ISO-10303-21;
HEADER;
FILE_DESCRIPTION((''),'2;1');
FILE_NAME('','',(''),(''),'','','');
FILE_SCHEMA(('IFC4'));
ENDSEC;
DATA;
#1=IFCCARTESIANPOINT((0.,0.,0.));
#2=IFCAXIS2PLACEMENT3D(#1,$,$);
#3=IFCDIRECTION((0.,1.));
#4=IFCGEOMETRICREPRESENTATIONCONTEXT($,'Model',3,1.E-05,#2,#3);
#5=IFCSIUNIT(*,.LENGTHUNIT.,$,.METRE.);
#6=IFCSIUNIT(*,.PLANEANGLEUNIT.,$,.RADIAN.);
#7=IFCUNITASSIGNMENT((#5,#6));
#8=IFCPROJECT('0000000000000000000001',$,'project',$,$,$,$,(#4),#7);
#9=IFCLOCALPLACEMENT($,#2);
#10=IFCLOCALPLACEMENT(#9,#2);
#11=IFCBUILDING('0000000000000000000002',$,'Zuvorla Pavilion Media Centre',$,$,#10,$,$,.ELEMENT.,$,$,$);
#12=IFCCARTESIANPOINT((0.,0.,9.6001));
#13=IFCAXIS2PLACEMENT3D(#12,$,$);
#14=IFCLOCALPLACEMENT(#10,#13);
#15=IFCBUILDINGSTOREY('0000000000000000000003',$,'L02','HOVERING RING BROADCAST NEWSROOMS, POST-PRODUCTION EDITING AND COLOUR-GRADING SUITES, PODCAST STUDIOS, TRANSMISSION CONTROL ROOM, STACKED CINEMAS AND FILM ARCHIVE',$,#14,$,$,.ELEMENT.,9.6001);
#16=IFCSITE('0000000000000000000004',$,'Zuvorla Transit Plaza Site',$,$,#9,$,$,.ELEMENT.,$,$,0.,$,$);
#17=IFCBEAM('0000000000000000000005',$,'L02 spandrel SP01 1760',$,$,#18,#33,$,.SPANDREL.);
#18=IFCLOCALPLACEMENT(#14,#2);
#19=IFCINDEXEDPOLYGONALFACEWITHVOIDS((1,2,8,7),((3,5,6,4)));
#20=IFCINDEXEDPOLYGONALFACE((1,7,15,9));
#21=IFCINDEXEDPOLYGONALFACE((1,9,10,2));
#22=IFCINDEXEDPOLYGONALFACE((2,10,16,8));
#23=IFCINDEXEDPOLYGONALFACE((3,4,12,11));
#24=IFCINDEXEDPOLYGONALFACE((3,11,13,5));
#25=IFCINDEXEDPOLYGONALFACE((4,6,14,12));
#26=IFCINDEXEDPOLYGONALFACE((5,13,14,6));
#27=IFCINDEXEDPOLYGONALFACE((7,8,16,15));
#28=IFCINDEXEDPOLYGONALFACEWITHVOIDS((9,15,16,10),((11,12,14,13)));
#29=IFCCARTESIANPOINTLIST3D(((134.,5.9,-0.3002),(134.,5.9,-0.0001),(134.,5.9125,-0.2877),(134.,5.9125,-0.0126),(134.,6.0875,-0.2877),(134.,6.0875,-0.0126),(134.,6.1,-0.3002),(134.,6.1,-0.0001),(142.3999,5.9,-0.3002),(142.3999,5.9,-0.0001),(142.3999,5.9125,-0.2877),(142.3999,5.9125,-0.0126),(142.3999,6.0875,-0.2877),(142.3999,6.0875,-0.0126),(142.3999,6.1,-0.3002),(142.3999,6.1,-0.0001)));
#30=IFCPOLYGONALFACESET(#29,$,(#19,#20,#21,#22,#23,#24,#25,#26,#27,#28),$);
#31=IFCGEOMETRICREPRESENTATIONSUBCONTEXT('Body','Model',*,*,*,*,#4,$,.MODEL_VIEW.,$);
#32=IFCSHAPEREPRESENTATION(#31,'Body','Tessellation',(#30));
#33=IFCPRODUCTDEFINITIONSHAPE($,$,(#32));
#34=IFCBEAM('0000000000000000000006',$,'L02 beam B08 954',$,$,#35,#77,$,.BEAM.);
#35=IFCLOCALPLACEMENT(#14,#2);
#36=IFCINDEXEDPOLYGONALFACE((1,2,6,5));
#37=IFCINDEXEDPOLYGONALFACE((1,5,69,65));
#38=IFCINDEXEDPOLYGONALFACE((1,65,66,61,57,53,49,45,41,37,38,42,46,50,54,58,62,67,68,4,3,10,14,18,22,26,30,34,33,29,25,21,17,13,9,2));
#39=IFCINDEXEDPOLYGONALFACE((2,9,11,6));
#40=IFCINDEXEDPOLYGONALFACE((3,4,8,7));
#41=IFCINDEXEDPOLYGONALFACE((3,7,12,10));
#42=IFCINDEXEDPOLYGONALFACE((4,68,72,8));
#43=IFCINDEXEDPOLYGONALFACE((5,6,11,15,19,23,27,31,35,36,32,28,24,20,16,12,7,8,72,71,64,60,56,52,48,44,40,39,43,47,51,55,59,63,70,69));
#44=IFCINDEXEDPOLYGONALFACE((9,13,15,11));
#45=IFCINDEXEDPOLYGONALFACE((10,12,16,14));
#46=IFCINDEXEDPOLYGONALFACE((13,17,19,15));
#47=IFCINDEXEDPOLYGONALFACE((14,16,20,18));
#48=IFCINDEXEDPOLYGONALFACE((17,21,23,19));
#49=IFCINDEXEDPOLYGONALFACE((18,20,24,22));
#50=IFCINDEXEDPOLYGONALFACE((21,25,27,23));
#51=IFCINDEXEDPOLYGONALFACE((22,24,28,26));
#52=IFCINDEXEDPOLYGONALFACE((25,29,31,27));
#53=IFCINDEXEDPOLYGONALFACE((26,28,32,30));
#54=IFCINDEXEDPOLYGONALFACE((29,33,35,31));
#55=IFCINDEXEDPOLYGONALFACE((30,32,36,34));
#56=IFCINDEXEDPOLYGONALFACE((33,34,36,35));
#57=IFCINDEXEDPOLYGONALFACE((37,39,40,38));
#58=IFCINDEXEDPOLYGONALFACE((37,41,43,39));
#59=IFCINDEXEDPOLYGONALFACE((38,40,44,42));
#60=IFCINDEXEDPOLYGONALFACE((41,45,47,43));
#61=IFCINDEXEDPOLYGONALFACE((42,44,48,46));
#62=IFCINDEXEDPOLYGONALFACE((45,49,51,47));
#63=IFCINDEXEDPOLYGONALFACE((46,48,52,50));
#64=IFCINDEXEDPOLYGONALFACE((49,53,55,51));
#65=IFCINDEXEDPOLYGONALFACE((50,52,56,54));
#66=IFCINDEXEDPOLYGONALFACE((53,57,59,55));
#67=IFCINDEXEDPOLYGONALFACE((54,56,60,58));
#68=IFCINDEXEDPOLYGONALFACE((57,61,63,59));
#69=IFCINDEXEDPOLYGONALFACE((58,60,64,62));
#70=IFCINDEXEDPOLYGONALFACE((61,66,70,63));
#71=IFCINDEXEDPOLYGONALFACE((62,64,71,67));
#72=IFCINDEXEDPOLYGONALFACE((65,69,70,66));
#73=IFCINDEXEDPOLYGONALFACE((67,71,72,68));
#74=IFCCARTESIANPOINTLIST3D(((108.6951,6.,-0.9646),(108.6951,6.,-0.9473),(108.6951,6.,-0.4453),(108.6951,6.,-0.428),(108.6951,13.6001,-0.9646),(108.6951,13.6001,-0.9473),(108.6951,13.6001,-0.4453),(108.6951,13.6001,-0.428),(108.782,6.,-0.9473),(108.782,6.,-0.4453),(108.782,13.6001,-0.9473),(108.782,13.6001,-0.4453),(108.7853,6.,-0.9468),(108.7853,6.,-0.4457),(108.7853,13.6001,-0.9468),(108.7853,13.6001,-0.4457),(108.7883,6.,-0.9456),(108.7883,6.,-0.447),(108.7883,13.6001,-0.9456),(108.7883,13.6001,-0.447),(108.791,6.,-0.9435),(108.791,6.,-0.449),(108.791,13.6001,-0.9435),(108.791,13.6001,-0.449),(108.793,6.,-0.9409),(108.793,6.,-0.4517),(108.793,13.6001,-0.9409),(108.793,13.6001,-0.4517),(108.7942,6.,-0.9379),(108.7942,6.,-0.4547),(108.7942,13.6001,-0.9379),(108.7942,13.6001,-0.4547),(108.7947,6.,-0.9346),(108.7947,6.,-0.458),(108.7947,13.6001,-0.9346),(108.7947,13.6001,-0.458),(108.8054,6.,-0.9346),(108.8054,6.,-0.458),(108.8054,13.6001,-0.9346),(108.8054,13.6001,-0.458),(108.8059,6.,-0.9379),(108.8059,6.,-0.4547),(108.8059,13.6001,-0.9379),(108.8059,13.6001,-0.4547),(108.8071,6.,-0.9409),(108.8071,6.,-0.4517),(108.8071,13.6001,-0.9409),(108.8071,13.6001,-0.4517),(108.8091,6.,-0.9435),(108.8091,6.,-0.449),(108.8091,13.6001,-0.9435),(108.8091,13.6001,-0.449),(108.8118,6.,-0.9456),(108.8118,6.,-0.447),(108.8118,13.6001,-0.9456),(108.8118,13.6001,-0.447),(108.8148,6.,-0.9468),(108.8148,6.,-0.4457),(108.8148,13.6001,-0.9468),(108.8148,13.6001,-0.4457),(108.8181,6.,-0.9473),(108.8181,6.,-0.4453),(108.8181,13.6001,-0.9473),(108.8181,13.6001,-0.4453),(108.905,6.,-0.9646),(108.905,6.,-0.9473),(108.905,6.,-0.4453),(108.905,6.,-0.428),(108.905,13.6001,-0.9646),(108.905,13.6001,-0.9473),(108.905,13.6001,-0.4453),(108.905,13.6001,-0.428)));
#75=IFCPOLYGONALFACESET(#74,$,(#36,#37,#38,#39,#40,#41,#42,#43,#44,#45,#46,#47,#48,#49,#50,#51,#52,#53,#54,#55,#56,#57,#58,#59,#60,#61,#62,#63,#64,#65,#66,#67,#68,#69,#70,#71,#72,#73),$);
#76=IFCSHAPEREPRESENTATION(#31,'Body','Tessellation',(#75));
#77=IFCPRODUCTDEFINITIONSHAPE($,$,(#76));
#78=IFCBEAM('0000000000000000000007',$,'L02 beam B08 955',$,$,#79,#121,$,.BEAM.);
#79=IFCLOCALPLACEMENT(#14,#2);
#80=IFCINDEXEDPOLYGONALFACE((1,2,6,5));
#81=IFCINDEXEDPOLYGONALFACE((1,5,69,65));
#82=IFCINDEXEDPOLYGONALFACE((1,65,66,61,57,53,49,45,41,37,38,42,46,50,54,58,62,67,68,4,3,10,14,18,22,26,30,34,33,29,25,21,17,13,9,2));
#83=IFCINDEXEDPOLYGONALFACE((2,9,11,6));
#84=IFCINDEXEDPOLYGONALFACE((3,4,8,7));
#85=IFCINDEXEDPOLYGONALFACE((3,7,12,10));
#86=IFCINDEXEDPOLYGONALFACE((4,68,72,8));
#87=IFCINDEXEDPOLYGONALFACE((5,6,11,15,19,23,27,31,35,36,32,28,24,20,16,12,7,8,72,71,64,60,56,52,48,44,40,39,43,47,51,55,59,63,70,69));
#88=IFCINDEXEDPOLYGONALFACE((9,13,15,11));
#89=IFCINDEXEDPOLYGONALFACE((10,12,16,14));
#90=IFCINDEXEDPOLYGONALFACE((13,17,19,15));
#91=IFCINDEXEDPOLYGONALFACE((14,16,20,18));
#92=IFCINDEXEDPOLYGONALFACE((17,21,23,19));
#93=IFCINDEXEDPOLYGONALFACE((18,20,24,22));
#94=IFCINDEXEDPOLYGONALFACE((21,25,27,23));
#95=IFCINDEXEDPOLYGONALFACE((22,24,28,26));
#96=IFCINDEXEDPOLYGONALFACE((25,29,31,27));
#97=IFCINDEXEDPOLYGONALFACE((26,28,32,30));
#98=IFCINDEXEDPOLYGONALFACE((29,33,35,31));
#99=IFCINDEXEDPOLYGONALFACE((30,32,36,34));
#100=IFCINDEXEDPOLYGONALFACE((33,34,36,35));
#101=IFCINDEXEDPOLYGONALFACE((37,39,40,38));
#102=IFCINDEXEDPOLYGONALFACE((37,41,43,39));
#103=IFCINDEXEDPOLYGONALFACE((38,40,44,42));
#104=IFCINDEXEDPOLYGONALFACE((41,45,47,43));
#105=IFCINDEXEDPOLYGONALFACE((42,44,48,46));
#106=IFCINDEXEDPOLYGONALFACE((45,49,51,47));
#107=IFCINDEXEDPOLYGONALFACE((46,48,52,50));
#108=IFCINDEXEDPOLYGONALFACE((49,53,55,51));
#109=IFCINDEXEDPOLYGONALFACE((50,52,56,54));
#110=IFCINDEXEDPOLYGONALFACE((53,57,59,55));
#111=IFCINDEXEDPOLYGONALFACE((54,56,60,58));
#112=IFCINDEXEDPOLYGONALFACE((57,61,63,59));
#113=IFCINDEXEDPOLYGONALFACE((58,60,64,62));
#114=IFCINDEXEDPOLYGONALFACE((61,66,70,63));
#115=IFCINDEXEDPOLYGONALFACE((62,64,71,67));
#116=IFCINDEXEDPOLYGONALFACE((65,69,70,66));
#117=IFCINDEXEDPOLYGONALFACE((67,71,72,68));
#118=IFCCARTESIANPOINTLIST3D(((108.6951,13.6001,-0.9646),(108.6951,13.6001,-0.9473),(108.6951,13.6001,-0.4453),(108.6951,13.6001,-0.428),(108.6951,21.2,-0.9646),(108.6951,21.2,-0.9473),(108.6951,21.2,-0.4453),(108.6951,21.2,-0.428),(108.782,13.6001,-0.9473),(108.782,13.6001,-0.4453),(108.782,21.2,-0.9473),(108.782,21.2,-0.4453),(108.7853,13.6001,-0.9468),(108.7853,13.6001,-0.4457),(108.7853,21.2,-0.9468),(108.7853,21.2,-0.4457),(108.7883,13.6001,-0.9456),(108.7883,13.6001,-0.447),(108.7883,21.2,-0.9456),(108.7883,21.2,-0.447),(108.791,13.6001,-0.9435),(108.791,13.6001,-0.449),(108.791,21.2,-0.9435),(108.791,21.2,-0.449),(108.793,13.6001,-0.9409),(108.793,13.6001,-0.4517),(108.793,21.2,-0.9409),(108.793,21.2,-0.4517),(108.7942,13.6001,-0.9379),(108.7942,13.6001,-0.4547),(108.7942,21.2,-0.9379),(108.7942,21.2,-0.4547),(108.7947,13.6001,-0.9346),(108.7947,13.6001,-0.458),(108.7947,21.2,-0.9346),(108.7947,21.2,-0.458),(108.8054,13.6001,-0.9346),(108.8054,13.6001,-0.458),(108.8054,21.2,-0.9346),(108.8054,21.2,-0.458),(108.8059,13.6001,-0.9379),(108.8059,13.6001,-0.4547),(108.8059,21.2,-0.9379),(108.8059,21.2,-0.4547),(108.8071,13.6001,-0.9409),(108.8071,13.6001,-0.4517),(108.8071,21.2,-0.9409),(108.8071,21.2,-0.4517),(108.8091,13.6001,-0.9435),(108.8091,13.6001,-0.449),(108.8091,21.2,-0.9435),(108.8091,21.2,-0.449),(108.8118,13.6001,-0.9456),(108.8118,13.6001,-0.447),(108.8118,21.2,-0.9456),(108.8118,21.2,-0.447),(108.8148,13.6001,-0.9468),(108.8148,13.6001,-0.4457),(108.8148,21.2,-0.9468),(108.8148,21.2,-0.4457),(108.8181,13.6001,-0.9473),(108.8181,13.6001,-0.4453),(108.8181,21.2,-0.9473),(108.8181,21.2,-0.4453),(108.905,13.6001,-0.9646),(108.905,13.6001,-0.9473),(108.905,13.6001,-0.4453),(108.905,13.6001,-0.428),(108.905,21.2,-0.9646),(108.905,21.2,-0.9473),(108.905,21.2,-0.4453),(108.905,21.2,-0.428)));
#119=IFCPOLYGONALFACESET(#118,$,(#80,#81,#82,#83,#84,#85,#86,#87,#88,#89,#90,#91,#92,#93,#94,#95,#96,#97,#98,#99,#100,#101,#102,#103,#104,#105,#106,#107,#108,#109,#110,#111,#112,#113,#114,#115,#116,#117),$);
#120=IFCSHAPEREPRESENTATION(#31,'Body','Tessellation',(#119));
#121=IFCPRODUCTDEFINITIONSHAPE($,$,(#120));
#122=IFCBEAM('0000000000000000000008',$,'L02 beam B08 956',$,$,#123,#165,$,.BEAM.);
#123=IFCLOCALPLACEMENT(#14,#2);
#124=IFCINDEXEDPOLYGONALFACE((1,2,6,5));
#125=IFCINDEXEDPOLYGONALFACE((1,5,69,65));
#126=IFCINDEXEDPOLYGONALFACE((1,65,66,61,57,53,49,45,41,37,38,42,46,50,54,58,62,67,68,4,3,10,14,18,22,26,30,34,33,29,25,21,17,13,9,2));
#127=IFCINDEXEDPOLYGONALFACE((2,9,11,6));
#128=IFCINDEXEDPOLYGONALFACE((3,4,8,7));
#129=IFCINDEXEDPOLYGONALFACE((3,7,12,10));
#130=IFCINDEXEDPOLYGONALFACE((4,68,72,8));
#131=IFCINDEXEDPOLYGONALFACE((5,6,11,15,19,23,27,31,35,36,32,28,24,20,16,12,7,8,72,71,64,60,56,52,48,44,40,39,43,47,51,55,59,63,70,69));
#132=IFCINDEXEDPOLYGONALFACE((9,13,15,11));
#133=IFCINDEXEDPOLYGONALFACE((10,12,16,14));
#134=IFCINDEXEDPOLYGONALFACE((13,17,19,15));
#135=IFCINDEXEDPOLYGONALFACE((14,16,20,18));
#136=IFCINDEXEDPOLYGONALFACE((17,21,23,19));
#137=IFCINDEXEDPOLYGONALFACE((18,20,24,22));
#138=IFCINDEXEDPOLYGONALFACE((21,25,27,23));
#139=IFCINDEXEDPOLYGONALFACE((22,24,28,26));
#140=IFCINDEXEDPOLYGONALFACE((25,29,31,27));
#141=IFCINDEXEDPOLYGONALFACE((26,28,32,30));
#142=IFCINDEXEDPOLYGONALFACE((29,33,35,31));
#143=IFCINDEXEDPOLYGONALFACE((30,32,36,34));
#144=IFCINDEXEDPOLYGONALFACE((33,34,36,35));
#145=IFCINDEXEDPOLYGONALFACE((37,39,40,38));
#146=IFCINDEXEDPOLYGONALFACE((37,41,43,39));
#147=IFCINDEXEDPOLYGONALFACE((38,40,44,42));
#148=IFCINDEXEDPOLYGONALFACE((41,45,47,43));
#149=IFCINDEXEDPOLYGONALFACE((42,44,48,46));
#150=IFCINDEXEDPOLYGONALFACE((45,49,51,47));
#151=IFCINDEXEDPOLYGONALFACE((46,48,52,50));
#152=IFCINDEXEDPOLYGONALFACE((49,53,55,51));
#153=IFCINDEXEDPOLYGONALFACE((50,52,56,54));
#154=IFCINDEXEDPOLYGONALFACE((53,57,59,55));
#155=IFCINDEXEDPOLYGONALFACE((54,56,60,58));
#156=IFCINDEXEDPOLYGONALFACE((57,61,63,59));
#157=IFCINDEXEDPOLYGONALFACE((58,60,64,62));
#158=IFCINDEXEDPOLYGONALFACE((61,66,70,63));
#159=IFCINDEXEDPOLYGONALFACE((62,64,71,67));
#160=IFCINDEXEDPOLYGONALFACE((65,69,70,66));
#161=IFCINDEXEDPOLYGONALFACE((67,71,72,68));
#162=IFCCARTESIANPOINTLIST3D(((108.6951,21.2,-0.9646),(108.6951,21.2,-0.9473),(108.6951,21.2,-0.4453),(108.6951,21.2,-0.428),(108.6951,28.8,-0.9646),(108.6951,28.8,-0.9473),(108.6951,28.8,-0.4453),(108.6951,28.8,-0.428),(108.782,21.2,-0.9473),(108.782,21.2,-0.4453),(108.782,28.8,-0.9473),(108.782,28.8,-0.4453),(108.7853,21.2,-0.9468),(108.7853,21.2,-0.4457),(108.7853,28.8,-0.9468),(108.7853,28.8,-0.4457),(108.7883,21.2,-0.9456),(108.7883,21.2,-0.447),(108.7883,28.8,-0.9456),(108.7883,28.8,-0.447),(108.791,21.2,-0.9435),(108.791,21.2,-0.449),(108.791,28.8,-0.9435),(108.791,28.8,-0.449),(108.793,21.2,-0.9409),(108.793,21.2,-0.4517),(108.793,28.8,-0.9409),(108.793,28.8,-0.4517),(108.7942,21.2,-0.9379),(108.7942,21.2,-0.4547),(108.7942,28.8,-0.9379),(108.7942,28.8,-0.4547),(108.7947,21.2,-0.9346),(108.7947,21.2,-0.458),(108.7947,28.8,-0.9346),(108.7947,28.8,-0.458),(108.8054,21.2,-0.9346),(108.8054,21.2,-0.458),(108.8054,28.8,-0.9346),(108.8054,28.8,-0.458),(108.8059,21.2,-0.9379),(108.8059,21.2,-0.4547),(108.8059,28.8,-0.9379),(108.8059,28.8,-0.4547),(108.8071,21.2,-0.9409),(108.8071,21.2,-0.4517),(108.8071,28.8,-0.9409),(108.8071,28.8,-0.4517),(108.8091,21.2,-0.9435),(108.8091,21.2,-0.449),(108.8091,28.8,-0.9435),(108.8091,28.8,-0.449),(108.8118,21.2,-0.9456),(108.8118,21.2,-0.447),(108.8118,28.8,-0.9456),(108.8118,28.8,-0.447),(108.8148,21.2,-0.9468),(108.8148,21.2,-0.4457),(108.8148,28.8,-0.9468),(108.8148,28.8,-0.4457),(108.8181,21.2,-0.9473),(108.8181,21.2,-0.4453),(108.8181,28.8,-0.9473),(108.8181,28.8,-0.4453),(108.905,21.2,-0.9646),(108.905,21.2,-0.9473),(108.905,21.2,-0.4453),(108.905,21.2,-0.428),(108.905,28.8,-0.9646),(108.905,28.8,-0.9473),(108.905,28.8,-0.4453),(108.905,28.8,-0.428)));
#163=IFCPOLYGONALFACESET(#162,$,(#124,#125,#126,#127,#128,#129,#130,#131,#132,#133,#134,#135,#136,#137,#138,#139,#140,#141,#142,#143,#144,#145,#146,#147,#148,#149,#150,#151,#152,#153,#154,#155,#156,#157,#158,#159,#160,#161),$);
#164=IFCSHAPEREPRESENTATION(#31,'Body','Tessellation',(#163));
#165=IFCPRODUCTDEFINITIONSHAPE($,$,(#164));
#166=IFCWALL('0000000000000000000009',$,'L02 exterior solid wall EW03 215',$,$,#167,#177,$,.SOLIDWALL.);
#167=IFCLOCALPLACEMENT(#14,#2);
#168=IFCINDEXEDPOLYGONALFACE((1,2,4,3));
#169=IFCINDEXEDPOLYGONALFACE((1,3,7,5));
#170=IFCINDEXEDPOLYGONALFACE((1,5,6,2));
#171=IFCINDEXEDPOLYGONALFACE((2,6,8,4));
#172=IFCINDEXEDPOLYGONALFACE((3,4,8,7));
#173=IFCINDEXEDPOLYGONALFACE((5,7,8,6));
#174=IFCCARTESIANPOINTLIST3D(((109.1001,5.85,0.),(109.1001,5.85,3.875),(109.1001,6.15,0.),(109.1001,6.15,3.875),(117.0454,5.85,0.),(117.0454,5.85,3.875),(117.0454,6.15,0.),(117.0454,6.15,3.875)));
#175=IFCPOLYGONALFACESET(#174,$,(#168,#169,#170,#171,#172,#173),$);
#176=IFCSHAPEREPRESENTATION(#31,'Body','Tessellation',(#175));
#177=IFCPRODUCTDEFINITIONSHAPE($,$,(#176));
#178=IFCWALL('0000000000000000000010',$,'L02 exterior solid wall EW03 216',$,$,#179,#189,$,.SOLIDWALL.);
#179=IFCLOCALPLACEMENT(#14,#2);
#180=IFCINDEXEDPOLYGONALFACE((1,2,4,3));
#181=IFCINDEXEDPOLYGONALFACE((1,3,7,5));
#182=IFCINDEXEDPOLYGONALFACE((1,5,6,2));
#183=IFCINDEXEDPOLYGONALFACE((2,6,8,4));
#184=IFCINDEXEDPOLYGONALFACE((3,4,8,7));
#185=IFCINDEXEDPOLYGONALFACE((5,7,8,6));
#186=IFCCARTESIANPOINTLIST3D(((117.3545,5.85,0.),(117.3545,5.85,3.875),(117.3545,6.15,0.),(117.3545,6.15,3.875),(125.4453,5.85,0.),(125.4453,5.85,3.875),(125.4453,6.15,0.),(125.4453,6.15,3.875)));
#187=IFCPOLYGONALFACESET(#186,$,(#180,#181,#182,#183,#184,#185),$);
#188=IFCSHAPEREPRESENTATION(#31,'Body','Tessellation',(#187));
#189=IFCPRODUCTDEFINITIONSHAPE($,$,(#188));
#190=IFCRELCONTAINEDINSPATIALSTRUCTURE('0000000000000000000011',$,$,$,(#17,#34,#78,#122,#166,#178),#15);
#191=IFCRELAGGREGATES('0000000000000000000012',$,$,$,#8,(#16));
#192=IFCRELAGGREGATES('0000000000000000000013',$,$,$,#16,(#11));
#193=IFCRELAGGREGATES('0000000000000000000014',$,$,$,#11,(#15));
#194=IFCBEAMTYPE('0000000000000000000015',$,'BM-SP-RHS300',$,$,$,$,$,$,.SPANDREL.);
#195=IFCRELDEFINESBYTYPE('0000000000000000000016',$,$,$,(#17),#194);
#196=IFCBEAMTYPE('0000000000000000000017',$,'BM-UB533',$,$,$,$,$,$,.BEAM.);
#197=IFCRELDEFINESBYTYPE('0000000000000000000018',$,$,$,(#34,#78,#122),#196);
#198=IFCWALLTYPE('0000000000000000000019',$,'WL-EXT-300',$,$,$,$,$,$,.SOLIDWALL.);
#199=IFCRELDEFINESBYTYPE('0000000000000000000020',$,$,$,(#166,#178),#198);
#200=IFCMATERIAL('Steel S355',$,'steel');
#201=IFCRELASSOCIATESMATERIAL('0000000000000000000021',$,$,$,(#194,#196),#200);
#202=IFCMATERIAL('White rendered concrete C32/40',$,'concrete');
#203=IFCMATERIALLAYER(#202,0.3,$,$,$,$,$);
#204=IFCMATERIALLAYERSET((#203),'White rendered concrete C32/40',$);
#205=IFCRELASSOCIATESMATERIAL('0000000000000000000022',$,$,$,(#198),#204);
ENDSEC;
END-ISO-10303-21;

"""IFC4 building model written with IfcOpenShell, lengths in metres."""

from ifc_helpers import new_model, si_unit, direction, frame, frame_2d, origin, origin_2d, place, context, subcontext, project, spatial, rectangle, hollow_rectangle, i_section, extrude, material, layer, layer_set, material_profile, profile_set, type_object, element, save


model = new_model("IFC4")

# Units and contexts
model_context = context("Model", 3, precision=1e-05, world=origin(), true_north=direction((0.0, 1.0)))
body_context = subcontext(model_context, "Body", "Model", "MODEL_VIEW")
ifc_project = project(units=[si_unit("LENGTHUNIT", "METRE"), si_unit("PLANEANGLEUNIT", "RADIAN")], contexts=[model_context])

# Site, building, storey
site_placement = place(None, origin())
site = spatial("IfcSite", under=ifc_project, at=site_placement, Name="Zuvorla Transit Plaza Site", CompositionType="ELEMENT", RefElevation=0.0)
building_placement = place(site_placement, origin())
building = spatial("IfcBuilding", under=site, at=building_placement, Name="Zuvorla Pavilion Media Centre", CompositionType="ELEMENT")
storey_placement = place(building_placement, frame((0.0, 0.0, 9.6001)))
storey = spatial("IfcBuildingStorey", under=building, at=storey_placement, Name="L02", Description="HOVERING RING BROADCAST NEWSROOMS, POST-PRODUCTION EDITING AND COLOUR-GRADING SUITES, PODCAST STUDIOS, TRANSMISSION CONTROL ROOM, STACKED CINEMAS AND FILM ARCHIVE", CompositionType="ELEMENT", Elevation=9.6001)

# Shared definitions
ifc_material_1 = material(Name="Steel S355", Category="steel")

# Beams
ifc_material_profile_1 = material_profile(ifc_material_1, hollow_rectangle(XDim=0.2, YDim=0.3, WallThickness=0.0125, at=origin_2d()), Name="RHS 300x200x12.5")
ifc_profile_set_1 = profile_set([ifc_material_profile_1], Name="Steel S355")
beam_type_1 = type_object("IfcBeamType", Name="BM-SP-RHS300", PredefinedType="SPANDREL", material=ifc_profile_set_1)
for number, where, z_axis, x_axis, name in (
    (1, (134.0, 6.0, -0.1501), (1.0, 0.0, 0.0), (0.0, 1.0, 0.0), "L02 spandrel SP01 1760"),
):
    element("IfcBeam", number, at=place(storey_placement, frame(where, z_axis=z_axis, x_axis=x_axis)), inside=storey, type_object=beam_type_1, Name=name, PredefinedType="SPANDREL", context=body_context, shape_type="SweptSolid", body=[
        extrude(hollow_rectangle(XDim=0.2, YDim=0.3, WallThickness=0.0125, at=origin_2d()), origin(), (0.0, 0.0, 1.0), 8.3999),
    ])
ifc_material_profile_2 = material_profile(ifc_material_1, i_section(OverallWidth=0.21, OverallDepth=0.5366, WebThickness=0.0107, FlangeThickness=0.0173, FilletRadius=0.0127, at=origin_2d()), Name="UB 533x210x101")
ifc_profile_set_2 = profile_set([ifc_material_profile_2], Name="Steel S355")
beam_type_2 = type_object("IfcBeamType", Name="BM-UB533", PredefinedType="BEAM", material=ifc_profile_set_2)
beam_1_placement = place(storey_placement, frame((108.8, 6.0, -0.6963), z_axis=(0.0, 1.0, 0.0), x_axis=(-1.0, 0.0, 0.0)))
element("IfcBeam", 2, at=beam_1_placement, inside=storey, type_object=beam_type_2, Name="L02 beam B08 954", PredefinedType="BEAM", context=body_context, shape_type="SweptSolid", body=[
    extrude(i_section(OverallWidth=0.21, OverallDepth=0.5366, WebThickness=0.0107, FlangeThickness=0.0173, FilletRadius=0.0127, at=origin_2d()), origin(), (0.0, 0.0, 1.0), 7.6001),
])
beam_2_placement = place(storey_placement, frame((108.8, 13.6001, -0.6963), z_axis=(0.0, 1.0, 0.0), x_axis=(-1.0, 0.0, 0.0)))
element("IfcBeam", 3, at=beam_2_placement, inside=storey, type_object=beam_type_2, Name="L02 beam B08 955", PredefinedType="BEAM", context=body_context, shape_type="SweptSolid", body=[
    extrude(i_section(OverallWidth=0.21, OverallDepth=0.5366, WebThickness=0.0107, FlangeThickness=0.0173, FilletRadius=0.0127, at=origin_2d()), origin(), (0.0, 0.0, 1.0), 7.5999),
])
beam_3_placement = place(storey_placement, frame((108.8, 21.2, -0.6963), z_axis=(0.0, 1.0, 0.0), x_axis=(-1.0, 0.0, 0.0)))
element("IfcBeam", 4, at=beam_3_placement, inside=storey, type_object=beam_type_2, Name="L02 beam B08 956", PredefinedType="BEAM", context=body_context, shape_type="SweptSolid", body=[
    extrude(i_section(OverallWidth=0.21, OverallDepth=0.5366, WebThickness=0.0107, FlangeThickness=0.0173, FilletRadius=0.0127, at=origin_2d()), origin(), (0.0, 0.0, 1.0), 7.6001),
])

# Walls
ifc_material_2 = material(Name="White rendered concrete C32/40", Category="concrete")
ifc_layer_1 = layer(ifc_material_2, 0.3)
ifc_layer_set_1 = layer_set([ifc_layer_1], Name="White rendered concrete C32/40")
wall_type_1 = type_object("IfcWallType", Name="WL-EXT-300", PredefinedType="SOLIDWALL", material=ifc_layer_set_1)
wall_1_placement = place(storey_placement, frame((109.1001, 6.0, 0.0), z_axis=(0.0, 0.0, 1.0), x_axis=(1.0, 0.0, 0.0)))
element("IfcWall", 5, at=wall_1_placement, inside=storey, type_object=wall_type_1, Name="L02 exterior solid wall EW03 215", PredefinedType="SOLIDWALL", context=body_context, shape_type="SweptSolid", body=[
    extrude(rectangle(XDim=7.9453, YDim=0.3, at=frame_2d((3.9727, 0.0))), origin(), (0.0, 0.0, 1.0), 3.875),
])
for number, where, z_axis, x_axis, name in (
    (6, (117.3545, 6.0, 0.0), (0.0, 0.0, 1.0), (1.0, 0.0, 0.0), "L02 exterior solid wall EW03 216"),
):
    element("IfcWall", number, at=place(storey_placement, frame(where, z_axis=z_axis, x_axis=x_axis)), inside=storey, type_object=wall_type_1, Name=name, PredefinedType="SOLIDWALL", context=body_context, shape_type="SweptSolid", body=[
        extrude(rectangle(XDim=8.0908, YDim=0.3, at=frame_2d((4.0454, 0.0))), origin(), (0.0, 0.0, 1.0), 3.875),
    ])

save(model, "model.ifc")
